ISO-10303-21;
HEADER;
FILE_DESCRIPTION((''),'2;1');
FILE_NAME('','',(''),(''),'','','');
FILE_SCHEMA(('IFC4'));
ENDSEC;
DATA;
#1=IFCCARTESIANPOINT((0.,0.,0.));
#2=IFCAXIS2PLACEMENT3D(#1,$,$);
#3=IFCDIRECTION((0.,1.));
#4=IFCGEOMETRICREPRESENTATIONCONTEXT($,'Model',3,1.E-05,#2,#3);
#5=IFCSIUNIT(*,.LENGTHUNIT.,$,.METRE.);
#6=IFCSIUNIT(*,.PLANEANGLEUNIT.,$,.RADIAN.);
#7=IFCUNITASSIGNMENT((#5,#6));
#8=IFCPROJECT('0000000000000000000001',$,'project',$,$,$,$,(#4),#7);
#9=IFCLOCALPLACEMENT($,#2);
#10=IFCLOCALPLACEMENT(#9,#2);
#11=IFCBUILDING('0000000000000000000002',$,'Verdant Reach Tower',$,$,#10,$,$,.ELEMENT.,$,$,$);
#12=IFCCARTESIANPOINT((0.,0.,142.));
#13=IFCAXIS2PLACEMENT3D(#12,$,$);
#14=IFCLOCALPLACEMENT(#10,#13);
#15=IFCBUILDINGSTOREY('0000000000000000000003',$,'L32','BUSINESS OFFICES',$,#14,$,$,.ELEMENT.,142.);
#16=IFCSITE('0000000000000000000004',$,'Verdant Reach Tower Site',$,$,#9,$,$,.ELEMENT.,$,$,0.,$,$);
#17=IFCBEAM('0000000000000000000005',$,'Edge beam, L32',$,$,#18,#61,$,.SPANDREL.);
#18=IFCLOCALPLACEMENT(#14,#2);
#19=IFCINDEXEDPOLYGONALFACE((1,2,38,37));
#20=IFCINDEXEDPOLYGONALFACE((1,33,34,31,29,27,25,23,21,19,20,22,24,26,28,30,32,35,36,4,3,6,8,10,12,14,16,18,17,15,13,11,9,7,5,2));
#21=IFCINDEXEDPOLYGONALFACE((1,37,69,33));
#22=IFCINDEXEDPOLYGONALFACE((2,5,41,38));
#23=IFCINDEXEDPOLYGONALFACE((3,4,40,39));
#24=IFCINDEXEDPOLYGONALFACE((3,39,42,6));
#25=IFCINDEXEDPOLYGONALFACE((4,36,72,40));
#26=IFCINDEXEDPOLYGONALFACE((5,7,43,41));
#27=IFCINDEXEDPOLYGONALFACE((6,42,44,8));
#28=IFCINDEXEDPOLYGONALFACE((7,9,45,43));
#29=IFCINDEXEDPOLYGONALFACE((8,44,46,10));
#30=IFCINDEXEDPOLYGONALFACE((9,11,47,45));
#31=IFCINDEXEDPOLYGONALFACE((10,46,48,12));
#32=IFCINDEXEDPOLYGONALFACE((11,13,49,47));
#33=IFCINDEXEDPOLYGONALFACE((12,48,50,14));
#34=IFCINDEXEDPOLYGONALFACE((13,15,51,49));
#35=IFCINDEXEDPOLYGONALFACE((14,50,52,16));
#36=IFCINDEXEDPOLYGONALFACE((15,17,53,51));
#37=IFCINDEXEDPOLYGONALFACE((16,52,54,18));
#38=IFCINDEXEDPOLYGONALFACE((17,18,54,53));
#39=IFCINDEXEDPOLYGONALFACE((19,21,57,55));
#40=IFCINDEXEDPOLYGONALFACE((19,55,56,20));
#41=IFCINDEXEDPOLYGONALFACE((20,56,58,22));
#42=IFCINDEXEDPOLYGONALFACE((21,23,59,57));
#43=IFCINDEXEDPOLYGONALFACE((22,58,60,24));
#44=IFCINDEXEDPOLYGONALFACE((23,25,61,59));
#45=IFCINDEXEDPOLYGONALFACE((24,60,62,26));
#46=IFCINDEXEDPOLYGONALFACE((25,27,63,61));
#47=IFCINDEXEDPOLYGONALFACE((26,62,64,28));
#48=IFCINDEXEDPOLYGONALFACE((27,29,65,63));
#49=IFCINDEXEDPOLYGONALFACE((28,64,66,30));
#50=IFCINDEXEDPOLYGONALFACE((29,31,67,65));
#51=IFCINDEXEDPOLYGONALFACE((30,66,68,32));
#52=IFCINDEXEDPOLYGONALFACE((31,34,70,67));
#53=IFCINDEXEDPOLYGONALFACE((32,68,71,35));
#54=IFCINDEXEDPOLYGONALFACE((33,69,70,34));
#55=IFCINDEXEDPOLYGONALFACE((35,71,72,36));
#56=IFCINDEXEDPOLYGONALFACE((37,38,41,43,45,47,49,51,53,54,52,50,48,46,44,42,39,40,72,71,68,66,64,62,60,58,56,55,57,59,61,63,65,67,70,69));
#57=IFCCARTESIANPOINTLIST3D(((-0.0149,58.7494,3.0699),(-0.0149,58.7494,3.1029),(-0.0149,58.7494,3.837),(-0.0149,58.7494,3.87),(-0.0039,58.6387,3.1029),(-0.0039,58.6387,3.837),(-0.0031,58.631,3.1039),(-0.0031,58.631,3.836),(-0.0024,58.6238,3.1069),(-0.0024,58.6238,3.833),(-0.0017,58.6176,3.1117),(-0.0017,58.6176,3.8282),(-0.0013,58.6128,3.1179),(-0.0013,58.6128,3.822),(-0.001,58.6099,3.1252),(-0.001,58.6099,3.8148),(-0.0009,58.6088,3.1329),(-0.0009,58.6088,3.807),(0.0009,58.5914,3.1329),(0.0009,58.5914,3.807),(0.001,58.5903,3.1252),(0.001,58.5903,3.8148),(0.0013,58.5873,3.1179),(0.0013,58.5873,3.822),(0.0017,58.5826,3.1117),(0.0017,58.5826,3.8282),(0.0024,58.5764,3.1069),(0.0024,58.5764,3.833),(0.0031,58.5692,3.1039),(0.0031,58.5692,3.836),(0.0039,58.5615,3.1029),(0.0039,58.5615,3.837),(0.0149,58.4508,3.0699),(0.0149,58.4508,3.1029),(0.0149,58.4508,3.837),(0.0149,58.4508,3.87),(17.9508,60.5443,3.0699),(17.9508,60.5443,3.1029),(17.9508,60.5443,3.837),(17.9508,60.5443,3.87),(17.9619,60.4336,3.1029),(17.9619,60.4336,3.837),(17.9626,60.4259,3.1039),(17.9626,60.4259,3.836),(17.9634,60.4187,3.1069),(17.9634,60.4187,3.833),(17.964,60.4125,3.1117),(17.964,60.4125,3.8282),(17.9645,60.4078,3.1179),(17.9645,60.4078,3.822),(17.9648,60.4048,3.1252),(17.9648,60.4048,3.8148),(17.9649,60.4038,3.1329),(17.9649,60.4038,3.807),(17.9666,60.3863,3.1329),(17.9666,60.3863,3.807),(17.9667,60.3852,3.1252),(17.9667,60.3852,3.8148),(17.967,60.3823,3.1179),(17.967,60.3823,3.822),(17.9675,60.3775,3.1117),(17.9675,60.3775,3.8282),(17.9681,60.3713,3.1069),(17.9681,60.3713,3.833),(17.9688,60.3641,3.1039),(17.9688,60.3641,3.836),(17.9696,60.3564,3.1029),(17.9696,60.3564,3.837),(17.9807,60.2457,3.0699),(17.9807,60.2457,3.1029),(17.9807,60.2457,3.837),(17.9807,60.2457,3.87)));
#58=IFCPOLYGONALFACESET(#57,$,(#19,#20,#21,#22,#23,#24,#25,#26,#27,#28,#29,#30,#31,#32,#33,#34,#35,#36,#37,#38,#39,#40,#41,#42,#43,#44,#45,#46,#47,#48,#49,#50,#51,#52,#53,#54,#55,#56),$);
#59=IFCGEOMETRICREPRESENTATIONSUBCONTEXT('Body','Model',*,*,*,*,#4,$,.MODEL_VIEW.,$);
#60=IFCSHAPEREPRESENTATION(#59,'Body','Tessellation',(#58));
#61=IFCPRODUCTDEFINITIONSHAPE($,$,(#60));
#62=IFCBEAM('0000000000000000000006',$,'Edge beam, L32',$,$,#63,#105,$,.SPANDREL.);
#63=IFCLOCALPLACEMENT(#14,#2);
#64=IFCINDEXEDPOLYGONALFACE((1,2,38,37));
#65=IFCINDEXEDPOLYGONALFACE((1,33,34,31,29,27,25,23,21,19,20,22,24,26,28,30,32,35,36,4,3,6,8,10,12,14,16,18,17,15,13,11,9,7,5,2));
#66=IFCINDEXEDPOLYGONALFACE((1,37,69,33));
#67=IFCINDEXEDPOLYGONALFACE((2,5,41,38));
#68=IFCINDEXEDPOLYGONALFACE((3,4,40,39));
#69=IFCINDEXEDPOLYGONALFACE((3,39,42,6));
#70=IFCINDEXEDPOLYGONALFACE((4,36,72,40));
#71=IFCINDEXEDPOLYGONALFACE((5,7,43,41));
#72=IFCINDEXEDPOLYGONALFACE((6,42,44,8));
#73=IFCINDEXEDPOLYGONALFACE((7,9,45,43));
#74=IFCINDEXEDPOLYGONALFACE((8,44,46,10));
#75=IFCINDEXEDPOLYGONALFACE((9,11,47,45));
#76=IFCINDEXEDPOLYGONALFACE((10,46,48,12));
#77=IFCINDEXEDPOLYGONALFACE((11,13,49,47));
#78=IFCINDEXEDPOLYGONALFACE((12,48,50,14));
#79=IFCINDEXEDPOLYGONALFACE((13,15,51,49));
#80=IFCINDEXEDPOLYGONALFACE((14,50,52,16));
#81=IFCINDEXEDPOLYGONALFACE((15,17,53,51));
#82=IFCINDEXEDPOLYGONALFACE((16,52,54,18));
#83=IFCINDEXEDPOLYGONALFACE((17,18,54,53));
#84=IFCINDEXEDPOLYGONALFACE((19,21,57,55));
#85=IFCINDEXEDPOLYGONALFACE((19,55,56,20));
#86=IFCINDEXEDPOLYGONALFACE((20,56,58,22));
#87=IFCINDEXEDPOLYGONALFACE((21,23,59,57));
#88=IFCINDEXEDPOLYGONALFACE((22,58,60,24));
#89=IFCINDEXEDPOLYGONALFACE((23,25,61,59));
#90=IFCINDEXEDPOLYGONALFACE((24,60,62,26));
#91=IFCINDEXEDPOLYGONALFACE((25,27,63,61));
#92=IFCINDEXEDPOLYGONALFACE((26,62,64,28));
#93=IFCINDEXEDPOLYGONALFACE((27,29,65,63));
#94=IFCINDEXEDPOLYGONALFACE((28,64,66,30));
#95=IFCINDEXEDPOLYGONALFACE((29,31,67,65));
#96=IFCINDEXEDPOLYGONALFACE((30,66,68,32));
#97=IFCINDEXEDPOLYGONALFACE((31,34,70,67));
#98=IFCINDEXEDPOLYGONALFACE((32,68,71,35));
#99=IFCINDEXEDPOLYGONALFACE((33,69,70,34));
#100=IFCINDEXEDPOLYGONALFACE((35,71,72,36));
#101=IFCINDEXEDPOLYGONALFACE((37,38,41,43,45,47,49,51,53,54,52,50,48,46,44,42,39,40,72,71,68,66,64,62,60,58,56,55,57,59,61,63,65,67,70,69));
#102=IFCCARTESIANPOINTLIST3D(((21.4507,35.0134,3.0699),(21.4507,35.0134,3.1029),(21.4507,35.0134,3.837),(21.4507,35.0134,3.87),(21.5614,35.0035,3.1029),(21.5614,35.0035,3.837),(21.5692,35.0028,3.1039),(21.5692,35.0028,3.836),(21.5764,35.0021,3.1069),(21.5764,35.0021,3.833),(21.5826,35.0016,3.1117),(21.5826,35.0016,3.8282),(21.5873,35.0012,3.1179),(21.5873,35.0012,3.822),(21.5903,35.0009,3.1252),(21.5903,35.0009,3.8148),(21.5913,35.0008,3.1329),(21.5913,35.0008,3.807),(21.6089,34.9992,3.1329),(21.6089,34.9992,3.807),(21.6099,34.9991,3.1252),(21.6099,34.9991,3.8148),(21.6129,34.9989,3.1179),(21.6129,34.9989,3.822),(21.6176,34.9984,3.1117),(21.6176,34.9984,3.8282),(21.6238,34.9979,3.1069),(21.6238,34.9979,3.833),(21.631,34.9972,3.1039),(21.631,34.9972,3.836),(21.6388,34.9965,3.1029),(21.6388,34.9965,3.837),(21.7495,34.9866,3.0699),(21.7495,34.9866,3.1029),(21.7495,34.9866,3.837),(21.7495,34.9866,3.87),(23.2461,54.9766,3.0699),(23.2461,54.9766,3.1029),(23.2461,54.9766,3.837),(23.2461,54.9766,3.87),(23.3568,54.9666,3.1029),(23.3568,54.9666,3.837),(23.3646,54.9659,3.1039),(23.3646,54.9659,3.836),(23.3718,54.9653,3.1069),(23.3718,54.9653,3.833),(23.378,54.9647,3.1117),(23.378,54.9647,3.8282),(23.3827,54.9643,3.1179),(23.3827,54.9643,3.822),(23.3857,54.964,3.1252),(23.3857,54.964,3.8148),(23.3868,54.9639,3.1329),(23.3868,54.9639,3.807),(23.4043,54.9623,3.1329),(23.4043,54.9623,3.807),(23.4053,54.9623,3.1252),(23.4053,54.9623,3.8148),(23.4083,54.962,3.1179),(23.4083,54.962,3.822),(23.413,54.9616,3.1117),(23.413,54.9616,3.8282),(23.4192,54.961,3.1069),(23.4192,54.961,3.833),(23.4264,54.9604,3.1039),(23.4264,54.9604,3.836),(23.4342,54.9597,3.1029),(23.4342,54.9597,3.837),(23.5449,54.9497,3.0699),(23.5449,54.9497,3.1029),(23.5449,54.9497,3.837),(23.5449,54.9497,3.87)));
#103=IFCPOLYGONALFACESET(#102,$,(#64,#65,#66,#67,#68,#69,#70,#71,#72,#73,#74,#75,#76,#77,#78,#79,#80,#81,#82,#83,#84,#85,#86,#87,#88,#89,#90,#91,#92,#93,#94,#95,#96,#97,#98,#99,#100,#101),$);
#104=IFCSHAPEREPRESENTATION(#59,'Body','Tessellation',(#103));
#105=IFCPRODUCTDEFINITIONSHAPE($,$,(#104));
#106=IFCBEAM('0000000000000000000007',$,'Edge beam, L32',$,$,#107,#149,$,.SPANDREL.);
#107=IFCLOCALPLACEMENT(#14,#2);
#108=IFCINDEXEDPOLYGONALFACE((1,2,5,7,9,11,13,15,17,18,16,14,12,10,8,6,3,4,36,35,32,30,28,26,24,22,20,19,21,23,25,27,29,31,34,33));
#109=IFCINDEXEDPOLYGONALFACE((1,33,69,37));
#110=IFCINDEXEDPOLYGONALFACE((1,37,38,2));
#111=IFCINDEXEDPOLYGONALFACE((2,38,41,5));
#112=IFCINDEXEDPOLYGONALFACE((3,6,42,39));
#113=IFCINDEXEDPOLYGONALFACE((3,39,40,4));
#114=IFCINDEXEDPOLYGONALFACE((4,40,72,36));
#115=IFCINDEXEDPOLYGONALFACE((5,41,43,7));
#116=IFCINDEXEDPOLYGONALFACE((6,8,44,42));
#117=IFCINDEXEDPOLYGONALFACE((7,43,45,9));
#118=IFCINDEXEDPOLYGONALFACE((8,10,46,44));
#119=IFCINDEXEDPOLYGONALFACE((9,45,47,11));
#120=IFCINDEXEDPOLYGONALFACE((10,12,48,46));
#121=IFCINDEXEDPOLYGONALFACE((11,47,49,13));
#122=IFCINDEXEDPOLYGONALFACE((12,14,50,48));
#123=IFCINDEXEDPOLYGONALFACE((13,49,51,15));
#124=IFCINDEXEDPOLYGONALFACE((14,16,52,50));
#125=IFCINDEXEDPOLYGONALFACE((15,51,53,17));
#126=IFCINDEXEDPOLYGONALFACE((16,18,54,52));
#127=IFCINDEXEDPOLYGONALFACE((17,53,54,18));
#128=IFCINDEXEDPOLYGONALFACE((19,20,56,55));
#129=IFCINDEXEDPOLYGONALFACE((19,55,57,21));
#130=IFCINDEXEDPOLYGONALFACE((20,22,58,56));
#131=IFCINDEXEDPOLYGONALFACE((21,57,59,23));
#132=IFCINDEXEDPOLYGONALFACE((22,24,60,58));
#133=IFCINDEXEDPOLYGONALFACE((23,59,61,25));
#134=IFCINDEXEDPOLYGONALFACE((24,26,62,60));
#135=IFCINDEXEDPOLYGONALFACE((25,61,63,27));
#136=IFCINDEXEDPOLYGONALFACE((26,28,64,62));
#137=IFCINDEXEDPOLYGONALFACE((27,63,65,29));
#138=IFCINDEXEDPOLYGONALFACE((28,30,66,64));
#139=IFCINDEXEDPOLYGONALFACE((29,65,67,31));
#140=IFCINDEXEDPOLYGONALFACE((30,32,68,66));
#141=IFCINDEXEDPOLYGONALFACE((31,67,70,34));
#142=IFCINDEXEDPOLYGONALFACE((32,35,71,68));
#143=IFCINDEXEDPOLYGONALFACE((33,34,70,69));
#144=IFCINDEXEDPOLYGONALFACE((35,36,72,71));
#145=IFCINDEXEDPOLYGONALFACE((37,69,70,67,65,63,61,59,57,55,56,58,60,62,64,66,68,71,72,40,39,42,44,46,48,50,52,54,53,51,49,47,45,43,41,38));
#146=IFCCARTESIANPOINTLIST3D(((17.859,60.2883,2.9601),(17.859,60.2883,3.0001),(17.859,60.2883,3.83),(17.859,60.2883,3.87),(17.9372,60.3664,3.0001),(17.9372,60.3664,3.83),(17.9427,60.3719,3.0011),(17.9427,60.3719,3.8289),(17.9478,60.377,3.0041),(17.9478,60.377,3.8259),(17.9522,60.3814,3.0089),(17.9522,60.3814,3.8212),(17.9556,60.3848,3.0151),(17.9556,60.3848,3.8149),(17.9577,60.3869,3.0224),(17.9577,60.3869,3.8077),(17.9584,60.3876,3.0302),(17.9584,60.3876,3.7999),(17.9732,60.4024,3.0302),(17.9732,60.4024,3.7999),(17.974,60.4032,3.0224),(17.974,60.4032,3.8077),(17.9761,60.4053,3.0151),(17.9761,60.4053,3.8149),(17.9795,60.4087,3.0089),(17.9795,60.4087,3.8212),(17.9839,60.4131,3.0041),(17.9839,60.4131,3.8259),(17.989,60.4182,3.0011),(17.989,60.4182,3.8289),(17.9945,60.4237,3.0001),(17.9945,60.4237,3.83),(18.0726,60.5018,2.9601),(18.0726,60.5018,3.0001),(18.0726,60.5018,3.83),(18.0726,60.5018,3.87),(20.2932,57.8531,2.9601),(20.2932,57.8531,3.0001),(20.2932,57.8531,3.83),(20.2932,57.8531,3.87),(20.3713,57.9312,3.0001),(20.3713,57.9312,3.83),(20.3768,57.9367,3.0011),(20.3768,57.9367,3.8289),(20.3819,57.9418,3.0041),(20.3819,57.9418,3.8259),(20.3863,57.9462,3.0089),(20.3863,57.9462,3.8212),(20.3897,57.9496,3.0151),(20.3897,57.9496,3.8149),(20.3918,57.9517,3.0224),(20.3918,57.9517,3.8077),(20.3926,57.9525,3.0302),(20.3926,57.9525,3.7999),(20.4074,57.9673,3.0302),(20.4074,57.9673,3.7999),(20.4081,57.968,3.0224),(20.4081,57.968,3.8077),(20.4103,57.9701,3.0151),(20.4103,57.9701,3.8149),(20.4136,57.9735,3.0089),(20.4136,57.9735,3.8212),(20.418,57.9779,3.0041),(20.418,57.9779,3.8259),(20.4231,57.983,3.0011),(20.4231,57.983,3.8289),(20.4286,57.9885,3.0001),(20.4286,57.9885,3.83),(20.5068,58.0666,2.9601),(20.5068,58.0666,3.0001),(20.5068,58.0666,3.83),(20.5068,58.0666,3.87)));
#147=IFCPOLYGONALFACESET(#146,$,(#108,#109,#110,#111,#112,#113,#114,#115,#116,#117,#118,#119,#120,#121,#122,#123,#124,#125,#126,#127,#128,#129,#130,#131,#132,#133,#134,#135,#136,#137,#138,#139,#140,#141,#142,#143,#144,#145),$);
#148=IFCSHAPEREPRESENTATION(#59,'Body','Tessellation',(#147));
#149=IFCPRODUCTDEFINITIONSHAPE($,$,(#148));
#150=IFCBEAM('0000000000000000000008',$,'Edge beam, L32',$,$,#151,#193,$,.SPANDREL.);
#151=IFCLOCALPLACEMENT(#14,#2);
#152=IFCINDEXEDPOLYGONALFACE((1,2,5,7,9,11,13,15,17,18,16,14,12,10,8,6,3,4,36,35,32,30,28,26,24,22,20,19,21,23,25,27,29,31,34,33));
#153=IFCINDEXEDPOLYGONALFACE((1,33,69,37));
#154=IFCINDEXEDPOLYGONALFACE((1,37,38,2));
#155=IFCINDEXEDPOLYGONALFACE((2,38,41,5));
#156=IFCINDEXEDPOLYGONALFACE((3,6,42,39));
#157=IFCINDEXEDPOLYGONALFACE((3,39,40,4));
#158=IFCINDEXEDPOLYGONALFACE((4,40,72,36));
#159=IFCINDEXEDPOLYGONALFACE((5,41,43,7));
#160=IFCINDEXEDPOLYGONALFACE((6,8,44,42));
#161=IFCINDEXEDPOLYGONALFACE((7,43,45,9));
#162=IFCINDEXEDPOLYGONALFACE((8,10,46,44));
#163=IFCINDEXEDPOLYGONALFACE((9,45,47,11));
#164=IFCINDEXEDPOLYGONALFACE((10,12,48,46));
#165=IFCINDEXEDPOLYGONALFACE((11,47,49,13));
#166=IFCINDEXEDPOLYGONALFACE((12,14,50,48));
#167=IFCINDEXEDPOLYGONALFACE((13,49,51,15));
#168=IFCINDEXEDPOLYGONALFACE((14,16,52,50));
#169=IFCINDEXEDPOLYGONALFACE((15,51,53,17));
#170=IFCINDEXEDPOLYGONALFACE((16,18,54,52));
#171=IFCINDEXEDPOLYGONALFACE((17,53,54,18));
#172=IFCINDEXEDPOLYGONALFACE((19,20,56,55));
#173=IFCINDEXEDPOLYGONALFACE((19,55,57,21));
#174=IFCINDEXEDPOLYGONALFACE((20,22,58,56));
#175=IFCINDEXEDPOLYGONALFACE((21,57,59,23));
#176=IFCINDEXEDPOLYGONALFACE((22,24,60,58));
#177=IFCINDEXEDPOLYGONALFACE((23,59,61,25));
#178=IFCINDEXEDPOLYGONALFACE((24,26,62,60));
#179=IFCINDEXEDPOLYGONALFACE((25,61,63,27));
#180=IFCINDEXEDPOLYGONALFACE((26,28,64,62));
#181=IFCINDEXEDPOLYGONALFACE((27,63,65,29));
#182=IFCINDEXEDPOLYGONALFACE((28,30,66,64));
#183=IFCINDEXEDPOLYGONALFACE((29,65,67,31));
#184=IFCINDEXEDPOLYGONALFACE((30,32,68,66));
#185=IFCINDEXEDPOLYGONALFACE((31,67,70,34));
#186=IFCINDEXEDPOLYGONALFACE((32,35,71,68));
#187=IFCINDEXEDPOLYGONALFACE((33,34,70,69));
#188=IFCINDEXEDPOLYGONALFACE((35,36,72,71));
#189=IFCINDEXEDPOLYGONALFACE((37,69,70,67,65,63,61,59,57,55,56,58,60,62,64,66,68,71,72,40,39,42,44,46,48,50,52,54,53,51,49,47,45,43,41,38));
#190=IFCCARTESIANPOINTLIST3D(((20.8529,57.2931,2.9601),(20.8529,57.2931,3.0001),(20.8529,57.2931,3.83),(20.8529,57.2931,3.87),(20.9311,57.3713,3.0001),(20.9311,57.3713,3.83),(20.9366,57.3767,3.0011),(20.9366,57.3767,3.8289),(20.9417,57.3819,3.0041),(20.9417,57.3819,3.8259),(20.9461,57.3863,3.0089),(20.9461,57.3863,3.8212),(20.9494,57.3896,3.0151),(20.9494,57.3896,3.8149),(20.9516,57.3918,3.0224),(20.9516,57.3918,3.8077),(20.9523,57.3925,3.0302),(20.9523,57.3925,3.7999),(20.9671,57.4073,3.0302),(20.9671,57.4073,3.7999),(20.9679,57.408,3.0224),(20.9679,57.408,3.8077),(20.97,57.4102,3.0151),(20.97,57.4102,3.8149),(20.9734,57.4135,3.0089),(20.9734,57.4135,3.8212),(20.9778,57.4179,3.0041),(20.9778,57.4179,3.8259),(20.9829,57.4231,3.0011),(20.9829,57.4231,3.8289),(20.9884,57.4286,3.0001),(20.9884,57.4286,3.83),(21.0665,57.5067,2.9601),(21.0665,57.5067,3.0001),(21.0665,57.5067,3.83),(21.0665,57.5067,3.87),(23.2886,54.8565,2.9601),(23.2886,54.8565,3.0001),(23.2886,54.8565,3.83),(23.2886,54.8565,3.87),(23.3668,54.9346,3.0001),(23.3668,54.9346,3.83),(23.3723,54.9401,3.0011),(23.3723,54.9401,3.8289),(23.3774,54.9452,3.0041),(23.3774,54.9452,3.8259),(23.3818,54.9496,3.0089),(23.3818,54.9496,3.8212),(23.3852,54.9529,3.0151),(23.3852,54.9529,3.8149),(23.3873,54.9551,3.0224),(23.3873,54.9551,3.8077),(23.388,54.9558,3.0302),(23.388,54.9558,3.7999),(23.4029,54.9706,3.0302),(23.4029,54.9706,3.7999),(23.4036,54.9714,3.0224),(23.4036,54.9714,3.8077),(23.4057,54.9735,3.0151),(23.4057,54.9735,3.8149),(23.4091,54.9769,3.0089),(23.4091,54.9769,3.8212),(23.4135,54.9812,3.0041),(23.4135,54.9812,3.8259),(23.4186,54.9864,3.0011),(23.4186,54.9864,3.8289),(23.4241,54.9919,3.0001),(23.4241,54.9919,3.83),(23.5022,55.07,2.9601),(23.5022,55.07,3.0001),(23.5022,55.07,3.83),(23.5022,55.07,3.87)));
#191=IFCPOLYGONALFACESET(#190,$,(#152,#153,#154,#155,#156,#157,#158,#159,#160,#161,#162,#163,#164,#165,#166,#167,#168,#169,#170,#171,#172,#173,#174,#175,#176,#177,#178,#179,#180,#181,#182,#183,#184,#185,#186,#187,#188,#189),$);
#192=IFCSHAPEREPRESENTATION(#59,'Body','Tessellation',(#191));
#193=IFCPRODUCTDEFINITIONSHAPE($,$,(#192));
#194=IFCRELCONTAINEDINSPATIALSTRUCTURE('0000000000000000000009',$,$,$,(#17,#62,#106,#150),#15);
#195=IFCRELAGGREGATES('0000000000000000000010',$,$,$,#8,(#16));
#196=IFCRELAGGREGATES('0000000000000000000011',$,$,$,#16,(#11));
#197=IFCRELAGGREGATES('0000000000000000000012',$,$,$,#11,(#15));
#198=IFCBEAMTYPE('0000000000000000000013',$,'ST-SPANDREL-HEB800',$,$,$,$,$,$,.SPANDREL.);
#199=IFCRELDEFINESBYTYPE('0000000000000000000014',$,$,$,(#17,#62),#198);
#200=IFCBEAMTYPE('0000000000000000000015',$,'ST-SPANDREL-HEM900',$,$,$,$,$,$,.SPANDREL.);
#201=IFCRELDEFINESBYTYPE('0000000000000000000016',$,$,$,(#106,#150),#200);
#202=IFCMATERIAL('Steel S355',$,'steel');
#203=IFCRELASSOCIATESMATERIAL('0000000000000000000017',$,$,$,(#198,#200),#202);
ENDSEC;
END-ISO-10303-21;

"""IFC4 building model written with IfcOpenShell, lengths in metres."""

from ifc_helpers import new_model, si_unit, direction, frame, origin, origin_2d, place, context, subcontext, project, spatial, i_section, extrude, material, material_profile, profile_set, type_object, element, save


model = new_model("IFC4")

# Units and contexts
model_context = context("Model", 3, precision=1e-05, world=origin(), true_north=direction((0.0, 1.0)))
body_context = subcontext(model_context, "Body", "Model", "MODEL_VIEW")
ifc_project = project(units=[si_unit("LENGTHUNIT", "METRE"), si_unit("PLANEANGLEUNIT", "RADIAN")], contexts=[model_context])

# Site, building, storey
site_placement = place(None, origin())
site = spatial("IfcSite", under=ifc_project, at=site_placement, Name="Verdant Reach Tower Site", CompositionType="ELEMENT", RefElevation=0.0)
building_placement = place(site_placement, origin())
building = spatial("IfcBuilding", under=site, at=building_placement, Name="Verdant Reach Tower", CompositionType="ELEMENT")
storey_placement = place(building_placement, frame((0.0, 0.0, 142.0)))
storey = spatial("IfcBuildingStorey", under=building, at=storey_placement, Name="L32", Description="BUSINESS OFFICES", CompositionType="ELEMENT", Elevation=142.0)

# Beams
ifc_material_1 = material(Name="Steel S355", Category="steel")
ifc_material_profile_1 = material_profile(ifc_material_1, i_section(OverallWidth=0.3, OverallDepth=0.8, WebThickness=0.0176, FlangeThickness=0.033, FilletRadius=0.03, at=origin_2d()), Name="HEB 800")
ifc_profile_set_1 = profile_set([ifc_material_profile_1], Name="Steel S355")
beam_type_1 = type_object("IfcBeamType", Name="ST-SPANDREL-HEB800", PredefinedType="SPANDREL", material=ifc_profile_set_1)
beam_1_placement = place(storey_placement, frame((0.0, 58.6001, 3.47), z_axis=(0.995046, 0.099413, 0.0), x_axis=(-0.099413, 0.995046, 0.0)))
element("IfcBeam", 1, at=beam_1_placement, inside=storey, type_object=beam_type_1, Name="Edge beam, L32", PredefinedType="SPANDREL", context=body_context, shape_type="SweptSolid", body=[
    extrude(i_section(OverallWidth=0.3, OverallDepth=0.8, WebThickness=0.0176, FlangeThickness=0.033, FilletRadius=0.03, at=origin_2d()), origin(), (0.0, 0.0, 1.0), 18.0552),
])
beam_2_placement = place(storey_placement, frame((23.3955, 54.9631, 3.47), z_axis=(-0.089575, -0.99598, 0.0), x_axis=(0.99598, -0.089575, 0.0)))
element("IfcBeam", 2, at=beam_2_placement, inside=storey, type_object=beam_type_1, Name="Edge beam, L32", PredefinedType="SPANDREL", context=body_context, shape_type="SweptSolid", body=[
    extrude(i_section(OverallWidth=0.3, OverallDepth=0.8, WebThickness=0.0176, FlangeThickness=0.033, FilletRadius=0.03, at=origin_2d()), origin(), (0.0, 0.0, 1.0), 20.0437),
])
ifc_material_profile_2 = material_profile(ifc_material_1, i_section(OverallWidth=0.302, OverallDepth=0.9099, WebThickness=0.021, FlangeThickness=0.04, FilletRadius=0.03, at=origin_2d()), Name="HEM 900")
ifc_profile_set_2 = profile_set([ifc_material_profile_2], Name="Steel S355")
beam_type_2 = type_object("IfcBeamType", Name="ST-SPANDREL-HEM900", PredefinedType="SPANDREL", material=ifc_profile_set_2)
beam_3_placement = place(storey_placement, frame((17.9658, 60.395, 3.415), z_axis=(0.706965, -0.707249, 0.0), x_axis=(0.707249, 0.706965, 0.0)))
element("IfcBeam", 3, at=beam_3_placement, inside=storey, type_object=beam_type_2, Name="Edge beam, L32", PredefinedType="SPANDREL", context=body_context, shape_type="SweptSolid", body=[
    extrude(i_section(OverallWidth=0.302, OverallDepth=0.9099, WebThickness=0.021, FlangeThickness=0.04, FilletRadius=0.03, at=origin_2d()), origin(), (0.0, 0.0, 1.0), 3.4431),
])
beam_4_placement = place(storey_placement, frame((20.9597, 57.3999, 3.415), z_axis=(0.706965, -0.707248, 0.0), x_axis=(0.707248, 0.706965, 0.0)))
element("IfcBeam", 4, at=beam_4_placement, inside=storey, type_object=beam_type_2, Name="Edge beam, L32", PredefinedType="SPANDREL", context=body_context, shape_type="SweptSolid", body=[
    extrude(i_section(OverallWidth=0.302, OverallDepth=0.9099, WebThickness=0.021, FlangeThickness=0.04, FilletRadius=0.03, at=origin_2d()), origin(), (0.0, 0.0, 1.0), 3.4453),
])

save(model, "model.ifc")
